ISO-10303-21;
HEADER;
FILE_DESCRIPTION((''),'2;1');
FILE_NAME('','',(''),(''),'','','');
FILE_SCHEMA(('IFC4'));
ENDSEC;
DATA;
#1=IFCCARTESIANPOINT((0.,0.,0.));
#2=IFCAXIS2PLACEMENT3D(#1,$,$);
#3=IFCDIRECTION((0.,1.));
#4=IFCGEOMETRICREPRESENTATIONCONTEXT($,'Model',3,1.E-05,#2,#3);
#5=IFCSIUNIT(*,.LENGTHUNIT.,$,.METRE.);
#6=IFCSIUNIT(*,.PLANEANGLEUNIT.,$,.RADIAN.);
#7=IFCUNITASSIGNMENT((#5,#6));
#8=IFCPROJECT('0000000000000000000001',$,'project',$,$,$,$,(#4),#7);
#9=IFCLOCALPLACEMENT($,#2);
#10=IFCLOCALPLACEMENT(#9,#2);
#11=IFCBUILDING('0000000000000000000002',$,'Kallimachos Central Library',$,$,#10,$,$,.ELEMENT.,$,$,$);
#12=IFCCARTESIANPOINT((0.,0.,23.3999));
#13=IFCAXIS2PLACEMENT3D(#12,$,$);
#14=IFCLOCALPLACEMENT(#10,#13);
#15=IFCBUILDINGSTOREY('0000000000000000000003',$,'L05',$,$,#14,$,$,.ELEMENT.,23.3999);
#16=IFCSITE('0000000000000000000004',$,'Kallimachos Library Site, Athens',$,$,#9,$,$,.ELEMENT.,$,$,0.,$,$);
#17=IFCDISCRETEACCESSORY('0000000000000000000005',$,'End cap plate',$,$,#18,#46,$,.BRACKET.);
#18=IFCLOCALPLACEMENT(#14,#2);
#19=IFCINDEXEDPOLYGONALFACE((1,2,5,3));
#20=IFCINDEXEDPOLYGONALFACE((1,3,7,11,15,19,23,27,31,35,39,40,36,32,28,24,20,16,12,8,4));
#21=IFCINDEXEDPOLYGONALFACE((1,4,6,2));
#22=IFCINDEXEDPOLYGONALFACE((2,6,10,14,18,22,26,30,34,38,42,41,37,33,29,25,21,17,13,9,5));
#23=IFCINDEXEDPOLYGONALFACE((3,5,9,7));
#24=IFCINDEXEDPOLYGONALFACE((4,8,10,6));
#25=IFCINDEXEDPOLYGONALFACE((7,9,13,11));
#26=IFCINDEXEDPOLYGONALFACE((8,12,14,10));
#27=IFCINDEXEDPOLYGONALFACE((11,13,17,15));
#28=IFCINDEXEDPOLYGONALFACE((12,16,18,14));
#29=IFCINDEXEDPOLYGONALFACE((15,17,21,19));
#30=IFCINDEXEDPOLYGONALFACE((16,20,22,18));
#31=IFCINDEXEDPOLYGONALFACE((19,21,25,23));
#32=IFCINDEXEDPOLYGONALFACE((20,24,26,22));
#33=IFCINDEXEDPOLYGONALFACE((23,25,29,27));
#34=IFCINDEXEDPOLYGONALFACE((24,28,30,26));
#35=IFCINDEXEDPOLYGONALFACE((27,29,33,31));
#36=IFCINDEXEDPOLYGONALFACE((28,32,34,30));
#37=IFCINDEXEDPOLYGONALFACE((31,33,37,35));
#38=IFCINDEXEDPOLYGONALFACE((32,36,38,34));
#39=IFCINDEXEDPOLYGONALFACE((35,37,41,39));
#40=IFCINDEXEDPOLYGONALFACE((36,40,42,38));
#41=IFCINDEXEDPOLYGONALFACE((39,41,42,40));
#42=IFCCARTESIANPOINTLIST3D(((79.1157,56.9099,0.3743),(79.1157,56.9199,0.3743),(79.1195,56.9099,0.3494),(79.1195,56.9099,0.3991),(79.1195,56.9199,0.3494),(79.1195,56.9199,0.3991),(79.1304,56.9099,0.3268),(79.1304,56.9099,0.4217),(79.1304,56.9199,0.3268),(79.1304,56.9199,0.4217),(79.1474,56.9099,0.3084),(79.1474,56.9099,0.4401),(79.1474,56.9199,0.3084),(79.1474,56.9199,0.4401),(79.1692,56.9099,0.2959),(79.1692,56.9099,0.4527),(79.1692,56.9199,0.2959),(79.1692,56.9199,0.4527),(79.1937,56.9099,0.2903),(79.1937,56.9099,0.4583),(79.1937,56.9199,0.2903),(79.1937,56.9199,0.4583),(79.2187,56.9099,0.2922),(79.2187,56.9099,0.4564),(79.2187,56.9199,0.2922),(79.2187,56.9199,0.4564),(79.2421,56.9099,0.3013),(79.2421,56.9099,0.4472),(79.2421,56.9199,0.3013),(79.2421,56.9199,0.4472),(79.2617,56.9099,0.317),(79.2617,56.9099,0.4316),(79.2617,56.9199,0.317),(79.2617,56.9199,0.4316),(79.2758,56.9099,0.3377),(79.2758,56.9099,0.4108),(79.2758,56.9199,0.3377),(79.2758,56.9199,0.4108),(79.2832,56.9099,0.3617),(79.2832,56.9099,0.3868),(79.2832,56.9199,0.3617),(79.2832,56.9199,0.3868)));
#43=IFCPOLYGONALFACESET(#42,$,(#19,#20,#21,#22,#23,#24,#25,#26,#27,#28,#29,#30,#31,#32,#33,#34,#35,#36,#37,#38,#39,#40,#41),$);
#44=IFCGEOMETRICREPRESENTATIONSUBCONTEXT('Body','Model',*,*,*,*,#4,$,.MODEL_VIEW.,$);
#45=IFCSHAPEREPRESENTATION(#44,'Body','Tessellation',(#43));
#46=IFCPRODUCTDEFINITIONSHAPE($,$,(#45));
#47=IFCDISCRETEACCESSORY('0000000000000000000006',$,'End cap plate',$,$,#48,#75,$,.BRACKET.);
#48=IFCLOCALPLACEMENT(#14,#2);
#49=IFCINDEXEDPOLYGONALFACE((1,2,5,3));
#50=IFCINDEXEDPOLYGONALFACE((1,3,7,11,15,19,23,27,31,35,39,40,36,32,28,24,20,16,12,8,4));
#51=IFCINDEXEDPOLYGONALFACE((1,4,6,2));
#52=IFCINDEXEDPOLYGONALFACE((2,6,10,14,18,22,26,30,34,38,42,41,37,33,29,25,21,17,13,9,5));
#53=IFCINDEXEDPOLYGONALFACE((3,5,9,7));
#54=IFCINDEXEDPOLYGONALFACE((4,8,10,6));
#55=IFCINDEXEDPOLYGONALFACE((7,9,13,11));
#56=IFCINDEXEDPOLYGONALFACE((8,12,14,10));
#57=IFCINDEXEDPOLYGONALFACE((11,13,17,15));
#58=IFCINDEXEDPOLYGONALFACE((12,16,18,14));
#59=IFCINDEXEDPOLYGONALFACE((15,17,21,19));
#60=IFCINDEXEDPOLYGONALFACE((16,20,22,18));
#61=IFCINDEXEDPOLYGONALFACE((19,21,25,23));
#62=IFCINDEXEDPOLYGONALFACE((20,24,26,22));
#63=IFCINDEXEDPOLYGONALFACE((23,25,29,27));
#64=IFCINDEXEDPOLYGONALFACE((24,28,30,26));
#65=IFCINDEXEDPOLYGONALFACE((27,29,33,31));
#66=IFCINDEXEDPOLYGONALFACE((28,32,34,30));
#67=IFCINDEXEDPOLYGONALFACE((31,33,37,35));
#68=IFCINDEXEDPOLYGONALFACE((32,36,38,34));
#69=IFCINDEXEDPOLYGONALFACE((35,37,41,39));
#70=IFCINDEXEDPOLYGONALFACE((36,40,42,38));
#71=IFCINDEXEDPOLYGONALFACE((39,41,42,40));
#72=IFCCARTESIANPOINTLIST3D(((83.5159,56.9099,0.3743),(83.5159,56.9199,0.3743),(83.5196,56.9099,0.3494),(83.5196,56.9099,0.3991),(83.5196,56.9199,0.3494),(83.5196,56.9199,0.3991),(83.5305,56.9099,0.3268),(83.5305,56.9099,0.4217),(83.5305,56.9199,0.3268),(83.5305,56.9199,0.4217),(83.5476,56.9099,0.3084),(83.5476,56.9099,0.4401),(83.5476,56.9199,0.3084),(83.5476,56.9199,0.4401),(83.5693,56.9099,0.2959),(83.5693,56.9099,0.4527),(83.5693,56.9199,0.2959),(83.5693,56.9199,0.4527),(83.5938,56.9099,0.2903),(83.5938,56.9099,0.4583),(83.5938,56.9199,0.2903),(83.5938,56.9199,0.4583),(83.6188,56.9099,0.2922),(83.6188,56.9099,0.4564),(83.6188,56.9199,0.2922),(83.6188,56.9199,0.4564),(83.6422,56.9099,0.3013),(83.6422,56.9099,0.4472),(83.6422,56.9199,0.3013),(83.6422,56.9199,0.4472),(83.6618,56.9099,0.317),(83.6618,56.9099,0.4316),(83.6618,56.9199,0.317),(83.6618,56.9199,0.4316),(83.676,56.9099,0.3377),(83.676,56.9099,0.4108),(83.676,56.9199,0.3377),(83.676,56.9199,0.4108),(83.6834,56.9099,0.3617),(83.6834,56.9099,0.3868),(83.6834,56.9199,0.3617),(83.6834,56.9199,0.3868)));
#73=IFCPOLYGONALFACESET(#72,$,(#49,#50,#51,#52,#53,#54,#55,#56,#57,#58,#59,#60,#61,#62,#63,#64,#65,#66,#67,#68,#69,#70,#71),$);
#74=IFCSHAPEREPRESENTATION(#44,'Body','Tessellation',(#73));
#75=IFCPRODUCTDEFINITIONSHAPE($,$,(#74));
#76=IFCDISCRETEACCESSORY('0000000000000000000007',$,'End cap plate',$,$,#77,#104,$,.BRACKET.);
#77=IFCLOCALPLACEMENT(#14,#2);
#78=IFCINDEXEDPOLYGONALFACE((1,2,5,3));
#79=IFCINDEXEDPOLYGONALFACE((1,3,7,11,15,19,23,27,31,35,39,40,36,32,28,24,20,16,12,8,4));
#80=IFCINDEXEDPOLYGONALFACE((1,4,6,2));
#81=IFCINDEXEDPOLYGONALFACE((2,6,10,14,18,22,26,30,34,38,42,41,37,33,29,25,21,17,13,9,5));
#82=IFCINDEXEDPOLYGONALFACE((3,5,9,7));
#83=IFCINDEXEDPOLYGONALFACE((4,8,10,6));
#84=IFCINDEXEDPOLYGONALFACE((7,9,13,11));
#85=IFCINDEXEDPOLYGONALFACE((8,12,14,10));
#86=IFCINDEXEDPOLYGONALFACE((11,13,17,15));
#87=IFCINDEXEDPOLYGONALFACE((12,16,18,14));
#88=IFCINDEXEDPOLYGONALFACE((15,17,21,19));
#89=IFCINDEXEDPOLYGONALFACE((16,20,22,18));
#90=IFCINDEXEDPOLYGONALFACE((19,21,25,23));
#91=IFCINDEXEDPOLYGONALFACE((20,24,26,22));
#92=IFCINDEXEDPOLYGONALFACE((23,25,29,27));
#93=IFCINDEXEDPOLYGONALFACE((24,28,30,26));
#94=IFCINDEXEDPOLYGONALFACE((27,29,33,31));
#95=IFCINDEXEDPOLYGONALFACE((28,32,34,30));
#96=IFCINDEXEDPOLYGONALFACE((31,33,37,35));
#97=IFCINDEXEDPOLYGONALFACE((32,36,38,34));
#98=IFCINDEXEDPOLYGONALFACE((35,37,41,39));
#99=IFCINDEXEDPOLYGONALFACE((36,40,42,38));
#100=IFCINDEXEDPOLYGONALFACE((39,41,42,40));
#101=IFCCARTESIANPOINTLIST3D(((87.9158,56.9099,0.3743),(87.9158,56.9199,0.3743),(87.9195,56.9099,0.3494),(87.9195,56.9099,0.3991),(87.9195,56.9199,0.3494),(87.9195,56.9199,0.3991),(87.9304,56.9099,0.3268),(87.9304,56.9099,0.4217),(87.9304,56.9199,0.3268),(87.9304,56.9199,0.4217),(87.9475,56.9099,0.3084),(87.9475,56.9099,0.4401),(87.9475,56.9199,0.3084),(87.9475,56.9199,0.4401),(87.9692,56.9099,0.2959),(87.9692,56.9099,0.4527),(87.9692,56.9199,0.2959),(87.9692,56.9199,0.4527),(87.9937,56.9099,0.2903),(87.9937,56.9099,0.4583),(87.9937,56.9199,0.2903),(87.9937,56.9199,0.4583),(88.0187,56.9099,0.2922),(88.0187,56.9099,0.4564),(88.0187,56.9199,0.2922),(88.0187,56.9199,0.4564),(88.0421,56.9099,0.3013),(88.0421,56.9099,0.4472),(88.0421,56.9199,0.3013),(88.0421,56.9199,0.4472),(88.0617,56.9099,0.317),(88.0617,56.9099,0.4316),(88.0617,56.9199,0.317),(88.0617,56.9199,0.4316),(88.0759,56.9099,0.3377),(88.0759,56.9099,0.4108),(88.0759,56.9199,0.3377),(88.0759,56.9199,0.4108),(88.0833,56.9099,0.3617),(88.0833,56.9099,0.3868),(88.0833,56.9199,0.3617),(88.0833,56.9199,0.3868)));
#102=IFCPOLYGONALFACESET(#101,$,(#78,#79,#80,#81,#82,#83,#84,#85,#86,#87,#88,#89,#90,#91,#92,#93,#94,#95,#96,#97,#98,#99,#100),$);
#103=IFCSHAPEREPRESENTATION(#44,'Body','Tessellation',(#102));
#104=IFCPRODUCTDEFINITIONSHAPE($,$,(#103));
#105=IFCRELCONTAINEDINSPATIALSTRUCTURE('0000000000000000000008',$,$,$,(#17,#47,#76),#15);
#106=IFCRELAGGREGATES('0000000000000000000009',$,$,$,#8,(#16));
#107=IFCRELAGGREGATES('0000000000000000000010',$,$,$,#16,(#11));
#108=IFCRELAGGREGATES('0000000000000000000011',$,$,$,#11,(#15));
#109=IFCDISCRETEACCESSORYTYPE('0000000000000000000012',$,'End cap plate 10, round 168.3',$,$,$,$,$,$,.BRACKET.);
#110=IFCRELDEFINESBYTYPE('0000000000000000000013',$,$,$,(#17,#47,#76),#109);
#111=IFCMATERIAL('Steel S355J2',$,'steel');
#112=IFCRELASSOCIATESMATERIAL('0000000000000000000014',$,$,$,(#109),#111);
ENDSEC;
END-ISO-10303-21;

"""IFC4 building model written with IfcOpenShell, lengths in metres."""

from ifc_helpers import new_model, si_unit, direction, frame, origin, origin_2d, place, context, subcontext, project, spatial, circle, extrude, material, material_profile, profile_set, type_object, element, save


model = new_model("IFC4")

# Units and contexts
model_context = context("Model", 3, precision=1e-05, world=origin(), true_north=direction((0.0, 1.0)))
body_context = subcontext(model_context, "Body", "Model", "MODEL_VIEW")
ifc_project = project(units=[si_unit("LENGTHUNIT", "METRE"), si_unit("PLANEANGLEUNIT", "RADIAN")], contexts=[model_context])

# Site, building, storey
site_placement = place(None, origin())
site = spatial("IfcSite", under=ifc_project, at=site_placement, Name="Kallimachos Library Site, Athens", CompositionType="ELEMENT", RefElevation=0.0)
building_placement = place(site_placement, origin())
building = spatial("IfcBuilding", under=site, at=building_placement, Name="Kallimachos Central Library", CompositionType="ELEMENT")
storey_placement = place(building_placement, frame((0.0, 0.0, 23.3999)))
storey = spatial("IfcBuildingStorey", under=building, at=storey_placement, Name="L05", CompositionType="ELEMENT", Elevation=23.3999)

# Discrete accessories
ifc_material_1 = material(Name="Steel S355J2", Category="steel")
ifc_material_profile_1 = material_profile(ifc_material_1, circle(Radius=0.0842, at=origin_2d()), Name="End cap plate 10, round 168.3")
ifc_profile_set_1 = profile_set([ifc_material_profile_1], Name="Steel S355J2")
discrete_accessory_type_1 = type_object("IfcDiscreteAccessoryType", Name="End cap plate 10, round 168.3", PredefinedType="BRACKET", material=ifc_profile_set_1)
for number, where, z_axis, x_axis, name in (
    (1, (79.2, 56.9099, 0.3743), (0.0, 1.0, 0.0), (-1.0, 0.0, 0.0), "End cap plate"),
    (2, (83.6001, 56.9099, 0.3743), (0.0, 1.0, 0.0), (-1.0, 0.0, 0.0), "End cap plate"),
    (3, (88.0, 56.9099, 0.3743), (0.0, 1.0, 0.0), (-1.0, 0.0, 0.0), "End cap plate"),
):
    element("IfcDiscreteAccessory", number, at=place(storey_placement, frame(where, z_axis=z_axis, x_axis=x_axis)), inside=storey, type_object=discrete_accessory_type_1, Name=name, PredefinedType="BRACKET", context=body_context, shape_type="SweptSolid", body=[
        extrude(circle(Radius=0.0842, at=origin_2d()), origin(), (0.0, 0.0, 1.0), 0.01),
    ])

save(model, "model.ifc")
